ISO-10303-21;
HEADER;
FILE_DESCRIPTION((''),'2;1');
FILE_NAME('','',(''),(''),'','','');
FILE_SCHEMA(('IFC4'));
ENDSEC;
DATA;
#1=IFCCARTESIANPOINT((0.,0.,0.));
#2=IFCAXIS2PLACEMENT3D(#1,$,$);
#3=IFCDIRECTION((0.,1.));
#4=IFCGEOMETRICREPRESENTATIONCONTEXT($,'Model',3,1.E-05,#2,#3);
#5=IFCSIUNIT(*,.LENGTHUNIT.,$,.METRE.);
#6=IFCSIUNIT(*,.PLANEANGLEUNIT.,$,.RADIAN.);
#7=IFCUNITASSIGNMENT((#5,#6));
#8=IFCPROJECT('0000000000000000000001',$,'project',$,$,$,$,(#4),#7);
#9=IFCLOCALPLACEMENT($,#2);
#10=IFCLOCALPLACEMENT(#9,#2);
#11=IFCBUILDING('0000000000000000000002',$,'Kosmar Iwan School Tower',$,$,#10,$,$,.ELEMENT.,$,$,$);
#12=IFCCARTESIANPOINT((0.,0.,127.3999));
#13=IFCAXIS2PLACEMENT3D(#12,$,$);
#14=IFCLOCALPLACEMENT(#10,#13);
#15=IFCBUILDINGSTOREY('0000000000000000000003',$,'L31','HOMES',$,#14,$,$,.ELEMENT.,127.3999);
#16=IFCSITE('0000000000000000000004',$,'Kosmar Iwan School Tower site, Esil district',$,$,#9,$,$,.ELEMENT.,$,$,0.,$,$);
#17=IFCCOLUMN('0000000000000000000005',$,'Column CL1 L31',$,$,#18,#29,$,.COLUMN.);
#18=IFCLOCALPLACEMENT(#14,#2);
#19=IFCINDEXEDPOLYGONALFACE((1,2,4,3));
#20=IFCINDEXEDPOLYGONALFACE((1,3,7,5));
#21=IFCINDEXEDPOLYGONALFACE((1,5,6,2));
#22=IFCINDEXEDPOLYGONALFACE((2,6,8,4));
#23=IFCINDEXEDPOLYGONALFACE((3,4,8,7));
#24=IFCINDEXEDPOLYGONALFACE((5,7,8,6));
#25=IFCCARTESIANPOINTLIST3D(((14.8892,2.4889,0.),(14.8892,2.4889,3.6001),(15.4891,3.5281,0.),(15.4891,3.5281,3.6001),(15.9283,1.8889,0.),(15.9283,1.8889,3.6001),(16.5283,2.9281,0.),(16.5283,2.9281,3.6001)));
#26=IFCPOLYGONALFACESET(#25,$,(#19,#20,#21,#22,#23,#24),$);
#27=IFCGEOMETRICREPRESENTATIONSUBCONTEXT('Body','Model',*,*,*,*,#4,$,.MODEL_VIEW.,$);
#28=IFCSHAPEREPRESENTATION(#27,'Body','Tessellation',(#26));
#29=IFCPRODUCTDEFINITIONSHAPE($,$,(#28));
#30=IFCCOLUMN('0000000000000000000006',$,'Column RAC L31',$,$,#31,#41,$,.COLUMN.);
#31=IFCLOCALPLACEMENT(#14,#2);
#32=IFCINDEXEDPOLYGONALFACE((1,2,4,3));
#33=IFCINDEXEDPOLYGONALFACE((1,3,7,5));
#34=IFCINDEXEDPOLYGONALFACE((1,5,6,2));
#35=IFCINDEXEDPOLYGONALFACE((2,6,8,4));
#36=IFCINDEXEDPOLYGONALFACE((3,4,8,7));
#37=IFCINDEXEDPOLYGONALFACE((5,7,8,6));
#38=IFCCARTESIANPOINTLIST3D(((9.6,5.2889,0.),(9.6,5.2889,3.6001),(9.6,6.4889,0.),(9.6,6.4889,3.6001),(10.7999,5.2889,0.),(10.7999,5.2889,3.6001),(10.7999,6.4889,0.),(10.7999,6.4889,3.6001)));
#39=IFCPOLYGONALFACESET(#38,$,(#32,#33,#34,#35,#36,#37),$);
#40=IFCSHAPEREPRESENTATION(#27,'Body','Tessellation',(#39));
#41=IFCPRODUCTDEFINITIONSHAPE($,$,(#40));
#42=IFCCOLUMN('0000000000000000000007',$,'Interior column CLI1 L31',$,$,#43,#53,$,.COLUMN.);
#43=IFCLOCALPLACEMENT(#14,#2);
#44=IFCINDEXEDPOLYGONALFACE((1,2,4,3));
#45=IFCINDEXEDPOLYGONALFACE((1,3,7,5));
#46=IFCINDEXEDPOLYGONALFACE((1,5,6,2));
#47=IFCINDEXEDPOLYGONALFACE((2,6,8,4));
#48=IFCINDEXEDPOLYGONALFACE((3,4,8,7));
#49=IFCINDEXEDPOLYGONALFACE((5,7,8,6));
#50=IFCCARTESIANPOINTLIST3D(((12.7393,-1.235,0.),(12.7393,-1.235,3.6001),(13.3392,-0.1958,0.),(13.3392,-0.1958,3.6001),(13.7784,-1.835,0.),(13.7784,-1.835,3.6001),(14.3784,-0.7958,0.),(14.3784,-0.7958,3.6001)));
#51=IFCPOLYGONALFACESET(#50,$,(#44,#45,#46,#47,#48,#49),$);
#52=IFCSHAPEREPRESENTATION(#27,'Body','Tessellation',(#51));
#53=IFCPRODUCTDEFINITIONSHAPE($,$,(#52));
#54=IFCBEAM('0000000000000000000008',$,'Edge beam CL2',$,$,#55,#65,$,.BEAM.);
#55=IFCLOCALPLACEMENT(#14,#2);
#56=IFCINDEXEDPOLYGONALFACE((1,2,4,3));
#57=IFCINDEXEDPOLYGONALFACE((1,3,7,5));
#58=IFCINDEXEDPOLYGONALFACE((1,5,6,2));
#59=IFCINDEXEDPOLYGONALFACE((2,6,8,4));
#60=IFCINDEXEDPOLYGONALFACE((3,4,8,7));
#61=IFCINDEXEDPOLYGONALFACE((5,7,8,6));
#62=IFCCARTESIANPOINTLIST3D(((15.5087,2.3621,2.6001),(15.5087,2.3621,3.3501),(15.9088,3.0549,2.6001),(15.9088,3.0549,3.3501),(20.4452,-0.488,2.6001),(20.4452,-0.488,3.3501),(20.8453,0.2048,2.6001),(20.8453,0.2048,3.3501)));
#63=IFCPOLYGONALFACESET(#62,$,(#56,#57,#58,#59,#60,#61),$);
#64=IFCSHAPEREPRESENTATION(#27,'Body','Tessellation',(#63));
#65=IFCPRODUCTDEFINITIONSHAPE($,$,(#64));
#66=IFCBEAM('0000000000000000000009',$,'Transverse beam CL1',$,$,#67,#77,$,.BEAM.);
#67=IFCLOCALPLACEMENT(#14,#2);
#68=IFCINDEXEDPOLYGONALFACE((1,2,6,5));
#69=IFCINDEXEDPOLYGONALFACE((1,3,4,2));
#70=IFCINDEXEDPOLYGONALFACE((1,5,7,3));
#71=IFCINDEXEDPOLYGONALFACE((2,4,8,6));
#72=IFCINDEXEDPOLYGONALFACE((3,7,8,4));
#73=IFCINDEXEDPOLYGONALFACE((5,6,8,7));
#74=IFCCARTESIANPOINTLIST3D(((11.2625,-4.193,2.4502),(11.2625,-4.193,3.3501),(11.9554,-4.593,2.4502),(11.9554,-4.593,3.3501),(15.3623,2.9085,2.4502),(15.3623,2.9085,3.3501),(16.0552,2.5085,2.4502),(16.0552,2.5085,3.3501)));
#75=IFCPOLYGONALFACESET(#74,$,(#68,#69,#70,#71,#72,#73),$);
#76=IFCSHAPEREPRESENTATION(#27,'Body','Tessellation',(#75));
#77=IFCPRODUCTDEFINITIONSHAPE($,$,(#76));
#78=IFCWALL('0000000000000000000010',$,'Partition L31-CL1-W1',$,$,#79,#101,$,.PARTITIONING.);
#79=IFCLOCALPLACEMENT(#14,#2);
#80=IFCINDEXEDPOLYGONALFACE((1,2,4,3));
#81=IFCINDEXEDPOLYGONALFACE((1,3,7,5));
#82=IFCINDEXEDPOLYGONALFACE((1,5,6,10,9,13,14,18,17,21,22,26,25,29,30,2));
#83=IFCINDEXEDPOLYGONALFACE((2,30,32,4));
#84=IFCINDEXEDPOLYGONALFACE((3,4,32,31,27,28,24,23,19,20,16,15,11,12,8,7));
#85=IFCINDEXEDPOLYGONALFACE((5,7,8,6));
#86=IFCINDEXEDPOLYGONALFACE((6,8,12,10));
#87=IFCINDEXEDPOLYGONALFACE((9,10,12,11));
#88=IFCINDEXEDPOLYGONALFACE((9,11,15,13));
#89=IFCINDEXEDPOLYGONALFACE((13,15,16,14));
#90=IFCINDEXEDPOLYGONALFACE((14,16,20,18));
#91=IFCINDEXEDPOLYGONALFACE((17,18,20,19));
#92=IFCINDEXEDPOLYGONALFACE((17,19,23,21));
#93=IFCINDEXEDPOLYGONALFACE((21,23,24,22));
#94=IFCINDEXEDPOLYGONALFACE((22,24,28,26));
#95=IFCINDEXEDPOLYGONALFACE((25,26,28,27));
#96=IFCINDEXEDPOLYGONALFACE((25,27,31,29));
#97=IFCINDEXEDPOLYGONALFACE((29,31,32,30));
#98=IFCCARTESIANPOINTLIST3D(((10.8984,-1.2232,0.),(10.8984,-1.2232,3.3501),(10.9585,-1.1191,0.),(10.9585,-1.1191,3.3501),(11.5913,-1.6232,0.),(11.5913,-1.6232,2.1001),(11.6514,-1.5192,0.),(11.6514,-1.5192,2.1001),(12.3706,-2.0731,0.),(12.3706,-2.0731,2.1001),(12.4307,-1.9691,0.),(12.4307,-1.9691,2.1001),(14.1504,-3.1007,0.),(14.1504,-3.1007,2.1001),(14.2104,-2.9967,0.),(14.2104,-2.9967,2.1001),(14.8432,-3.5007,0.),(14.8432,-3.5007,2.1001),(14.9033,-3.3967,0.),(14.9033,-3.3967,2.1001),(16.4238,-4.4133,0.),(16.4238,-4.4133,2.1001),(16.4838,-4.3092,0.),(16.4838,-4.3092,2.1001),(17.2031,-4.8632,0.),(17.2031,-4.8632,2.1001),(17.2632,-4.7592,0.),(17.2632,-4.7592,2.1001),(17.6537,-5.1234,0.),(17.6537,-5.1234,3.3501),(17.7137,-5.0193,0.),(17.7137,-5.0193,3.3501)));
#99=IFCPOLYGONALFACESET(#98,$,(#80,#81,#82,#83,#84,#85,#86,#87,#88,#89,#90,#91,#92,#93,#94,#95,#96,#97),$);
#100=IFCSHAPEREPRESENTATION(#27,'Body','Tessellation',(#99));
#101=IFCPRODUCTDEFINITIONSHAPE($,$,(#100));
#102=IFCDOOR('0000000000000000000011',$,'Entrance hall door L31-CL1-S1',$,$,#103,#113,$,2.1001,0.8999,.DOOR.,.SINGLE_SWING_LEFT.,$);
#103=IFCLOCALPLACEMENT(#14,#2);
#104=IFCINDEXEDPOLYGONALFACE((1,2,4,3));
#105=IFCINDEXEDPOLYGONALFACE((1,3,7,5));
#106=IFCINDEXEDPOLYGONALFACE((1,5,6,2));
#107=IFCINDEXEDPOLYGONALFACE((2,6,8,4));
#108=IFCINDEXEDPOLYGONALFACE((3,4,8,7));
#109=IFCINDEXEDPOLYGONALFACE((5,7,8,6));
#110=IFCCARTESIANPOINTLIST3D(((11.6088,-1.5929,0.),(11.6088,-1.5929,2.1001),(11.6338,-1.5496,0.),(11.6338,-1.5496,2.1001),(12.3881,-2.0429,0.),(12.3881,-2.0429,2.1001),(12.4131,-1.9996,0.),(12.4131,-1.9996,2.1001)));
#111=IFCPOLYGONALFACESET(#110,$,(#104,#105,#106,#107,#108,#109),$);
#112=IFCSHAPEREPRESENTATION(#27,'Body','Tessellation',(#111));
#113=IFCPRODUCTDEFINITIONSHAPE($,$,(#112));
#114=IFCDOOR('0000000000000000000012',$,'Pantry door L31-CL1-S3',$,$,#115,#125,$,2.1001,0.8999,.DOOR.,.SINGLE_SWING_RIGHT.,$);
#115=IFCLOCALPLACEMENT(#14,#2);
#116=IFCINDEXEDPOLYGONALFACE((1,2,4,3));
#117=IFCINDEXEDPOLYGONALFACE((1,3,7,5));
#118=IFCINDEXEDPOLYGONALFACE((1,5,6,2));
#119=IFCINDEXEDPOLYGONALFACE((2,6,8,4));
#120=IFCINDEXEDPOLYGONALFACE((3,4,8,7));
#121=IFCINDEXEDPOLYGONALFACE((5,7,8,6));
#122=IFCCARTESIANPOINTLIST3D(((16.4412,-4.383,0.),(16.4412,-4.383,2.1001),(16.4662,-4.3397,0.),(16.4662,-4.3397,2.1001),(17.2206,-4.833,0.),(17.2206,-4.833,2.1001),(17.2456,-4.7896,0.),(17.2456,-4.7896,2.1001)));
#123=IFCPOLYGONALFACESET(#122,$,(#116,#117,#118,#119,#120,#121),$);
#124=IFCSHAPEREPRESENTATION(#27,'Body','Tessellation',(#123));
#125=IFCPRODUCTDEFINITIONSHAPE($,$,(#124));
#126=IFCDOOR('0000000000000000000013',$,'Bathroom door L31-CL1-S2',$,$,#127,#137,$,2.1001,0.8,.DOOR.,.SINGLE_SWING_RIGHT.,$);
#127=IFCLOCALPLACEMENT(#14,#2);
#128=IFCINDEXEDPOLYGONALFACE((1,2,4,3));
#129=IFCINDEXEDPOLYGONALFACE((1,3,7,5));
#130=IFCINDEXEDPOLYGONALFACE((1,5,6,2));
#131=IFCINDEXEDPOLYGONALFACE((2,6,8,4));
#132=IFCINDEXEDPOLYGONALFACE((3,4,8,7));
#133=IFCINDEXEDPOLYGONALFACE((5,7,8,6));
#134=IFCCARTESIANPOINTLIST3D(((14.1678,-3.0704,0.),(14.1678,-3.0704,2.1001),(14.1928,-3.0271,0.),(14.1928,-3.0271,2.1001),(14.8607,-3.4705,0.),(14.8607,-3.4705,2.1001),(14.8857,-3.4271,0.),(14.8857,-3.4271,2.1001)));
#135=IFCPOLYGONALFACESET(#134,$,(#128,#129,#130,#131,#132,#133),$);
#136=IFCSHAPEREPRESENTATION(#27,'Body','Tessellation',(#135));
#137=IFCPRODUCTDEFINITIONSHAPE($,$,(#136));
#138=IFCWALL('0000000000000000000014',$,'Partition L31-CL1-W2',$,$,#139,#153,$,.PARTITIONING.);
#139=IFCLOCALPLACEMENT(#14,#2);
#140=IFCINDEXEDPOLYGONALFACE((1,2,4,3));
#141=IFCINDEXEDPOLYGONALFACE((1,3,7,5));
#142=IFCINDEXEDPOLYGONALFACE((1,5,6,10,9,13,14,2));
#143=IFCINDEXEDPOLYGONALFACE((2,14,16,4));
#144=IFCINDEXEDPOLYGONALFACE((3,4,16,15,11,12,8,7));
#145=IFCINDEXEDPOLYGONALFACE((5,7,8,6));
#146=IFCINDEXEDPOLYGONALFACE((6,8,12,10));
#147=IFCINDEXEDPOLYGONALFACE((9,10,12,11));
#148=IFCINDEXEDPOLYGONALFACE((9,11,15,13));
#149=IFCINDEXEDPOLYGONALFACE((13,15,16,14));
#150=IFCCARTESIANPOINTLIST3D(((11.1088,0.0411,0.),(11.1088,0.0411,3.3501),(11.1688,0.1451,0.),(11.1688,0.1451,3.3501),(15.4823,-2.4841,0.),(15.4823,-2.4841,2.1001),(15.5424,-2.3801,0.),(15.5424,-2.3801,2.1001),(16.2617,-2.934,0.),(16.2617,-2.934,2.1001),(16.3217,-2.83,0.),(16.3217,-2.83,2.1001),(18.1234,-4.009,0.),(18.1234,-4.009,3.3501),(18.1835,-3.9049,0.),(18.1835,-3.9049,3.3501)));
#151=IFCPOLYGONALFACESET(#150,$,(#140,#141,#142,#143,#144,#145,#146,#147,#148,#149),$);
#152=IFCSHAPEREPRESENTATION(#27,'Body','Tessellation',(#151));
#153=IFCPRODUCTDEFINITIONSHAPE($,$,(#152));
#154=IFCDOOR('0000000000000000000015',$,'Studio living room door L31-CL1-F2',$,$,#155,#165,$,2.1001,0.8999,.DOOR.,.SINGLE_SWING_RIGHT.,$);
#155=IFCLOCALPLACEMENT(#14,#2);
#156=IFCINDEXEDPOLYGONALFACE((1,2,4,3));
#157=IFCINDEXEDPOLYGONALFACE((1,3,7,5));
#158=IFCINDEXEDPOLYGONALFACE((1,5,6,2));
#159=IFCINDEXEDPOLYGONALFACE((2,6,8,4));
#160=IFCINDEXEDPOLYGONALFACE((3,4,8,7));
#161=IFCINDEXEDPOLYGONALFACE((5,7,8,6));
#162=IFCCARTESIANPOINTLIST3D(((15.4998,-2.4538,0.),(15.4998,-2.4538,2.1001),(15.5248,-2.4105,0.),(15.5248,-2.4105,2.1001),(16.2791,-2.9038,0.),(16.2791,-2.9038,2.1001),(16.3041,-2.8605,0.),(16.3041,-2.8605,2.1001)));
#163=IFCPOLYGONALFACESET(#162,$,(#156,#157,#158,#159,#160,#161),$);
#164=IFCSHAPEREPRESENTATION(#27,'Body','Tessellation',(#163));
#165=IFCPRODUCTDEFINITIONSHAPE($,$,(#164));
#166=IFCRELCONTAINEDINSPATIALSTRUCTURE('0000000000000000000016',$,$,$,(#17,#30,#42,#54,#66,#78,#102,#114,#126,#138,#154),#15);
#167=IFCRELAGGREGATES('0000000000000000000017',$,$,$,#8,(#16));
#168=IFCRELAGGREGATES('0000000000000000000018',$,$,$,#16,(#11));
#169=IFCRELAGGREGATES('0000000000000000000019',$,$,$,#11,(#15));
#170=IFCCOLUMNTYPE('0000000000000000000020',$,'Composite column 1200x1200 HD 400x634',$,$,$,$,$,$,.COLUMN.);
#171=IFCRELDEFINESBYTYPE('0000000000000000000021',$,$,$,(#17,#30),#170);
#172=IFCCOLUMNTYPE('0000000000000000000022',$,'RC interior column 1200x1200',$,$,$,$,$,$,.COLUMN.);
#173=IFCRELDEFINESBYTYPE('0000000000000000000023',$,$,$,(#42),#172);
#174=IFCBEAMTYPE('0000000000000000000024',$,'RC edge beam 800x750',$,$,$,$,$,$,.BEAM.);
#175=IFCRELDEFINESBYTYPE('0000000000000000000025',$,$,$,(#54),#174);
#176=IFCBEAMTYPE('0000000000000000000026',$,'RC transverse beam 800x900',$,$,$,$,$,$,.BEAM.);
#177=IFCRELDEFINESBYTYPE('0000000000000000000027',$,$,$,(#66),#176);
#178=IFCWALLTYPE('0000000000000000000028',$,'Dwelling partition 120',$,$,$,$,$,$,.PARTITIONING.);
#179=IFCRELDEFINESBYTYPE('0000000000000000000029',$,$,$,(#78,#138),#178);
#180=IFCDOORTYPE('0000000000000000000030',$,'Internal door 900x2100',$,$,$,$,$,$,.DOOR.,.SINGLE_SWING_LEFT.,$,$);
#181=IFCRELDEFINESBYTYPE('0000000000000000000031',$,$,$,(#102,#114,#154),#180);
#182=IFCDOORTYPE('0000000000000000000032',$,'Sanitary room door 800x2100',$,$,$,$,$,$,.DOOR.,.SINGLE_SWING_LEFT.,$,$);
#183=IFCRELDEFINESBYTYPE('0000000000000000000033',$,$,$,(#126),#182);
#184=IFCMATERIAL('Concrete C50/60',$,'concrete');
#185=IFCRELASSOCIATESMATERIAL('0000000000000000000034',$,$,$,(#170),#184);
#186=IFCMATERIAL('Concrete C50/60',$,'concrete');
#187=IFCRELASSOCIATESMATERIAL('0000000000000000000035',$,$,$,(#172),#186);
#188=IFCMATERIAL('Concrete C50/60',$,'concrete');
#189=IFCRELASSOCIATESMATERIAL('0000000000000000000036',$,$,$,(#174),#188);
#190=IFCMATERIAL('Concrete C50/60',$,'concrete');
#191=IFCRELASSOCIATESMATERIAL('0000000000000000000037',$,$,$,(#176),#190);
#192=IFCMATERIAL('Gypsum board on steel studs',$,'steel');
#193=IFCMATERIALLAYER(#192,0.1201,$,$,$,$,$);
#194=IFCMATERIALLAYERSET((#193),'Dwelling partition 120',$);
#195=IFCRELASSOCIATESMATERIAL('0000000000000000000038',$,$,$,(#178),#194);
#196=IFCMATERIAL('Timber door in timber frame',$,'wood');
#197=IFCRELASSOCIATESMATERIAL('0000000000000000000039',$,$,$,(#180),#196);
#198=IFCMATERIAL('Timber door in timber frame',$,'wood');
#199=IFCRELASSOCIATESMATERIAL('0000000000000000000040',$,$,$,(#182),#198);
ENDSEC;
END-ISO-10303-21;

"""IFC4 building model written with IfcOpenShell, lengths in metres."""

from ifc_helpers import new_model, si_unit, direction, frame, frame_2d, origin, origin_2d, place, context, subcontext, project, spatial, rectangle, extrude, material, layer, layer_set, material_profile, profile_set, type_object, element, fill, save


model = new_model("IFC4")

# Units and contexts
model_context = context("Model", 3, precision=1e-05, world=origin(), true_north=direction((0.0, 1.0)))
body_context = subcontext(model_context, "Body", "Model", "MODEL_VIEW")
ifc_project = project(units=[si_unit("LENGTHUNIT", "METRE"), si_unit("PLANEANGLEUNIT", "RADIAN")], contexts=[model_context])

# Site, building, storey
site_placement = place(None, origin())
site = spatial("IfcSite", under=ifc_project, at=site_placement, Name="Kosmar Iwan School Tower site, Esil district", CompositionType="ELEMENT", RefElevation=0.0)
building_placement = place(site_placement, origin())
building = spatial("IfcBuilding", under=site, at=building_placement, Name="Kosmar Iwan School Tower", CompositionType="ELEMENT")
storey_placement = place(building_placement, frame((0.0, 0.0, 127.3999)))
storey = spatial("IfcBuildingStorey", under=building, at=storey_placement, Name="L31", Description="HOMES", CompositionType="ELEMENT", Elevation=127.3999)

# Columns
ifc_material_1 = material(Name="Concrete C50/60", Category="concrete")
ifc_material_profile_1 = material_profile(ifc_material_1, rectangle(XDim=1.2, YDim=1.2, at=origin_2d()), Name="RC 1200x1200 + HD 400x634")
ifc_profile_set_1 = profile_set([ifc_material_profile_1], Name="Concrete C50/60")
column_type_1 = type_object("IfcColumnType", Name="Composite column 1200x1200 HD 400x634", PredefinedType="COLUMN", material=ifc_profile_set_1)
for number, where, z_axis, x_axis, name in (
    (1, (15.7087, 2.7085, 0.0), (0.0, 0.0, 1.0), (0.866025, -0.5, 0.0), "Column CL1 L31"),
    (2, (10.2, 5.8889, 0.0), (0.0, 0.0, 1.0), (1.0, 0.0, 0.0), "Column RAC L31"),
):
    element("IfcColumn", number, at=place(storey_placement, frame(where, z_axis=z_axis, x_axis=x_axis)), inside=storey, type_object=column_type_1, Name=name, PredefinedType="COLUMN", context=body_context, shape_type="SweptSolid", body=[
        extrude(rectangle(XDim=1.2, YDim=1.2, at=origin_2d()), origin(), (0.0, 0.0, 1.0), 3.6001),
    ])
ifc_material_2 = material(Name="Concrete C50/60", Category="concrete")
ifc_material_profile_2 = material_profile(ifc_material_2, rectangle(XDim=1.2, YDim=1.2, at=origin_2d()), Name="RC 1200x1200")
ifc_profile_set_2 = profile_set([ifc_material_profile_2], Name="Concrete C50/60")
column_type_2 = type_object("IfcColumnType", Name="RC interior column 1200x1200", PredefinedType="COLUMN", material=ifc_profile_set_2)
column_placement = place(storey_placement, frame((13.5588, -1.0154, 0.0), z_axis=(0.0, 0.0, 1.0), x_axis=(0.866025, -0.5, 0.0)))
element("IfcColumn", 3, at=column_placement, inside=storey, type_object=column_type_2, Name="Interior column CLI1 L31", PredefinedType="COLUMN", context=body_context, shape_type="SweptSolid", body=[
    extrude(rectangle(XDim=1.2, YDim=1.2, at=origin_2d()), origin(), (0.0, 0.0, 1.0), 3.6001),
])

# Beams
ifc_material_3 = material(Name="Concrete C50/60", Category="concrete")
ifc_material_profile_3 = material_profile(ifc_material_3, rectangle(XDim=0.8, YDim=0.75, at=origin_2d()), Name="RC 800x750")
ifc_profile_set_3 = profile_set([ifc_material_profile_3], Name="Concrete C50/60")
beam_type_1 = type_object("IfcBeamType", Name="RC edge beam 800x750", PredefinedType="BEAM", material=ifc_profile_set_3)
beam_1_placement = place(storey_placement, frame((15.7087, 2.7085, 2.9751), z_axis=(0.866026, -0.499999, 0.0), x_axis=(0.499999, 0.866026, 0.0)))
element("IfcBeam", 4, at=beam_1_placement, inside=storey, type_object=beam_type_1, Name="Edge beam CL2", PredefinedType="BEAM", context=body_context, shape_type="SweptSolid", body=[
    extrude(rectangle(XDim=0.8, YDim=0.75, at=origin_2d()), origin(), (0.0, 0.0, 1.0), 5.7002),
])
ifc_material_4 = material(Name="Concrete C50/60", Category="concrete")
ifc_material_profile_4 = material_profile(ifc_material_4, rectangle(XDim=0.8, YDim=0.8999, at=origin_2d()), Name="RC 800x900")
ifc_profile_set_4 = profile_set([ifc_material_profile_4], Name="Concrete C50/60")
beam_type_2 = type_object("IfcBeamType", Name="RC transverse beam 800x900", PredefinedType="BEAM", material=ifc_profile_set_4)
beam_2_placement = place(storey_placement, frame((15.7087, 2.7085, 2.9001), z_axis=(-0.499978, -0.866038, 0.0), x_axis=(0.866038, -0.499978, 0.0)))
element("IfcBeam", 5, at=beam_2_placement, inside=storey, type_object=beam_type_2, Name="Transverse beam CL1", PredefinedType="BEAM", context=body_context, shape_type="SweptSolid", body=[
    extrude(rectangle(XDim=0.8, YDim=0.8999, at=origin_2d()), origin(), (0.0, 0.0, 1.0), 8.2),
])

# Wall, openings, doors
ifc_material_5 = material(Name="Gypsum board on steel studs", Category="steel")
ifc_layer_1 = layer(ifc_material_5, 0.1201)
ifc_layer_set_1 = layer_set([ifc_layer_1], Name="Dwelling partition 120")
wall_type_1 = type_object("IfcWallType", Name="Dwelling partition 120", PredefinedType="PARTITIONING", material=ifc_layer_set_1)
wall_1_placement = place(storey_placement, frame((10.9285, -1.1711, 0.0), z_axis=(0.0, 0.0, 1.0), x_axis=(0.866021, -0.500007, 0.0)))
wall_1 = element("IfcWall", 6, at=wall_1_placement, inside=storey, type_object=wall_type_1, Name="Partition L31-CL1-W1", PredefinedType="PARTITIONING", context=body_context, shape_type="SweptSolid", body=[
    extrude(rectangle(XDim=7.8003, YDim=0.1201, at=frame_2d((3.9001, 0.0))), origin(), (0.0, 0.0, 1.0), 3.3501),
])
opening_1_placement = place(wall_1_placement, frame((0.8, 0.0, 0.0)))
opening_1 = element("IfcOpeningElement", 7, at=opening_1_placement, cuts=wall_1, PredefinedType="OPENING", context=body_context, shape_type="SweptSolid", body=[
    extrude(rectangle(XDim=0.8999, YDim=2.1001, at=frame_2d((0.45, 1.05))), frame((0.0, 0.072, 0.0), z_axis=(0.0, -1.0, 0.0), x_axis=(1.0, 0.0, 0.0)), (0.0, 0.0, 1.0), 0.144),
])
opening_2_placement = place(wall_1_placement, frame((3.7551, 0.0, 0.0)))
opening_2 = element("IfcOpeningElement", 8, at=opening_2_placement, cuts=wall_1, PredefinedType="OPENING", context=body_context, shape_type="SweptSolid", body=[
    extrude(rectangle(XDim=0.8, YDim=2.1001, at=frame_2d((0.3999, 1.05))), frame((0.0, 0.072, 0.0), z_axis=(0.0, -1.0, 0.0), x_axis=(1.0, 0.0, 0.0)), (0.0, 0.0, 1.0), 0.144),
])
opening_3_placement = place(wall_1_placement, frame((6.3801, 0.0, 0.0)))
opening_3 = element("IfcOpeningElement", 9, at=opening_3_placement, cuts=wall_1, PredefinedType="OPENING", context=body_context, shape_type="SweptSolid", body=[
    extrude(rectangle(XDim=0.8999, YDim=2.1001, at=frame_2d((0.45, 1.05))), frame((0.0, 0.072, 0.0), z_axis=(0.0, -1.0, 0.0), x_axis=(1.0, 0.0, 0.0)), (0.0, 0.0, 1.0), 0.144),
])
ifc_material_6 = material(Name="Timber door in timber frame", Category="wood")
door_type_1 = type_object("IfcDoorType", Name="Internal door 900x2100", OperationType="SINGLE_SWING_LEFT", PredefinedType="DOOR", material=ifc_material_6)
door_1_placement = place(opening_1_placement, origin())
door_1 = element("IfcDoor", 10, at=door_1_placement, inside=storey, type_object=door_type_1, Name="Entrance hall door L31-CL1-S1", OperationType="SINGLE_SWING_LEFT", OverallHeight=2.1001, OverallWidth=0.8999, PredefinedType="DOOR", context=body_context, shape_type="SweptSolid", body=[
    extrude(rectangle(XDim=0.8999, YDim=2.1001, at=frame_2d((0.45, 1.05))), frame((0.0, 0.0249, 0.0), z_axis=(0.0, -1.0, 0.0), x_axis=(1.0, 0.0, 0.0)), (0.0, 0.0, 1.0), 0.05),
])
fill(opening_1, door_1)
door_2_placement = place(opening_3_placement, origin())
door_2 = element("IfcDoor", 11, at=door_2_placement, inside=storey, type_object=door_type_1, Name="Pantry door L31-CL1-S3", OperationType="SINGLE_SWING_RIGHT", OverallHeight=2.1001, OverallWidth=0.8999, PredefinedType="DOOR", context=body_context, shape_type="SweptSolid", body=[
    extrude(rectangle(XDim=0.8999, YDim=2.1001, at=frame_2d((0.45, 1.05))), frame((0.0, 0.0249, 0.0), z_axis=(0.0, -1.0, 0.0), x_axis=(1.0, 0.0, 0.0)), (0.0, 0.0, 1.0), 0.05),
])
fill(opening_3, door_2)
ifc_material_7 = material(Name="Timber door in timber frame", Category="wood")
door_type_2 = type_object("IfcDoorType", Name="Sanitary room door 800x2100", OperationType="SINGLE_SWING_LEFT", PredefinedType="DOOR", material=ifc_material_7)
door_3_placement = place(opening_2_placement, origin())
door_3 = element("IfcDoor", 12, at=door_3_placement, inside=storey, type_object=door_type_2, Name="Bathroom door L31-CL1-S2", OperationType="SINGLE_SWING_RIGHT", OverallHeight=2.1001, OverallWidth=0.8, PredefinedType="DOOR", context=body_context, shape_type="SweptSolid", body=[
    extrude(rectangle(XDim=0.8, YDim=2.1001, at=frame_2d((0.3999, 1.05))), frame((0.0, 0.0249, 0.0), z_axis=(0.0, -1.0, 0.0), x_axis=(1.0, 0.0, 0.0)), (0.0, 0.0, 1.0), 0.05),
])
fill(opening_2, door_3)

# Wall, opening, door
wall_2_placement = place(storey_placement, frame((11.1389, 0.093, 0.0), z_axis=(0.0, 0.0, 1.0), x_axis=(0.866018, -0.500013, 0.0)))
wall_2 = element("IfcWall", 13, at=wall_2_placement, inside=storey, type_object=wall_type_1, Name="Partition L31-CL1-W2", PredefinedType="PARTITIONING", context=body_context, shape_type="SweptSolid", body=[
    extrude(rectangle(XDim=8.0999, YDim=0.1201, at=frame_2d((4.0498, 0.0))), origin(), (0.0, 0.0, 1.0), 3.3501),
])
opening_4_placement = place(wall_2_placement, frame((5.05, 0.0, 0.0)))
opening_4 = element("IfcOpeningElement", 14, at=opening_4_placement, cuts=wall_2, PredefinedType="OPENING", context=body_context, shape_type="SweptSolid", body=[
    extrude(rectangle(XDim=0.8999, YDim=2.1001, at=frame_2d((0.45, 1.05))), frame((0.0, 0.072, 0.0), z_axis=(0.0, -1.0, 0.0), x_axis=(1.0, 0.0, 0.0)), (0.0, 0.0, 1.0), 0.144),
])
door_4_placement = place(opening_4_placement, origin())
door_4 = element("IfcDoor", 15, at=door_4_placement, inside=storey, type_object=door_type_1, Name="Studio living room door L31-CL1-F2", OperationType="SINGLE_SWING_RIGHT", OverallHeight=2.1001, OverallWidth=0.8999, PredefinedType="DOOR", context=body_context, shape_type="SweptSolid", body=[
    extrude(rectangle(XDim=0.8999, YDim=2.1001, at=frame_2d((0.45, 1.05))), frame((0.0, 0.0249, 0.0), z_axis=(0.0, -1.0, 0.0), x_axis=(1.0, 0.0, 0.0)), (0.0, 0.0, 1.0), 0.05),
])
fill(opening_4, door_4)

save(model, "model.ifc")
